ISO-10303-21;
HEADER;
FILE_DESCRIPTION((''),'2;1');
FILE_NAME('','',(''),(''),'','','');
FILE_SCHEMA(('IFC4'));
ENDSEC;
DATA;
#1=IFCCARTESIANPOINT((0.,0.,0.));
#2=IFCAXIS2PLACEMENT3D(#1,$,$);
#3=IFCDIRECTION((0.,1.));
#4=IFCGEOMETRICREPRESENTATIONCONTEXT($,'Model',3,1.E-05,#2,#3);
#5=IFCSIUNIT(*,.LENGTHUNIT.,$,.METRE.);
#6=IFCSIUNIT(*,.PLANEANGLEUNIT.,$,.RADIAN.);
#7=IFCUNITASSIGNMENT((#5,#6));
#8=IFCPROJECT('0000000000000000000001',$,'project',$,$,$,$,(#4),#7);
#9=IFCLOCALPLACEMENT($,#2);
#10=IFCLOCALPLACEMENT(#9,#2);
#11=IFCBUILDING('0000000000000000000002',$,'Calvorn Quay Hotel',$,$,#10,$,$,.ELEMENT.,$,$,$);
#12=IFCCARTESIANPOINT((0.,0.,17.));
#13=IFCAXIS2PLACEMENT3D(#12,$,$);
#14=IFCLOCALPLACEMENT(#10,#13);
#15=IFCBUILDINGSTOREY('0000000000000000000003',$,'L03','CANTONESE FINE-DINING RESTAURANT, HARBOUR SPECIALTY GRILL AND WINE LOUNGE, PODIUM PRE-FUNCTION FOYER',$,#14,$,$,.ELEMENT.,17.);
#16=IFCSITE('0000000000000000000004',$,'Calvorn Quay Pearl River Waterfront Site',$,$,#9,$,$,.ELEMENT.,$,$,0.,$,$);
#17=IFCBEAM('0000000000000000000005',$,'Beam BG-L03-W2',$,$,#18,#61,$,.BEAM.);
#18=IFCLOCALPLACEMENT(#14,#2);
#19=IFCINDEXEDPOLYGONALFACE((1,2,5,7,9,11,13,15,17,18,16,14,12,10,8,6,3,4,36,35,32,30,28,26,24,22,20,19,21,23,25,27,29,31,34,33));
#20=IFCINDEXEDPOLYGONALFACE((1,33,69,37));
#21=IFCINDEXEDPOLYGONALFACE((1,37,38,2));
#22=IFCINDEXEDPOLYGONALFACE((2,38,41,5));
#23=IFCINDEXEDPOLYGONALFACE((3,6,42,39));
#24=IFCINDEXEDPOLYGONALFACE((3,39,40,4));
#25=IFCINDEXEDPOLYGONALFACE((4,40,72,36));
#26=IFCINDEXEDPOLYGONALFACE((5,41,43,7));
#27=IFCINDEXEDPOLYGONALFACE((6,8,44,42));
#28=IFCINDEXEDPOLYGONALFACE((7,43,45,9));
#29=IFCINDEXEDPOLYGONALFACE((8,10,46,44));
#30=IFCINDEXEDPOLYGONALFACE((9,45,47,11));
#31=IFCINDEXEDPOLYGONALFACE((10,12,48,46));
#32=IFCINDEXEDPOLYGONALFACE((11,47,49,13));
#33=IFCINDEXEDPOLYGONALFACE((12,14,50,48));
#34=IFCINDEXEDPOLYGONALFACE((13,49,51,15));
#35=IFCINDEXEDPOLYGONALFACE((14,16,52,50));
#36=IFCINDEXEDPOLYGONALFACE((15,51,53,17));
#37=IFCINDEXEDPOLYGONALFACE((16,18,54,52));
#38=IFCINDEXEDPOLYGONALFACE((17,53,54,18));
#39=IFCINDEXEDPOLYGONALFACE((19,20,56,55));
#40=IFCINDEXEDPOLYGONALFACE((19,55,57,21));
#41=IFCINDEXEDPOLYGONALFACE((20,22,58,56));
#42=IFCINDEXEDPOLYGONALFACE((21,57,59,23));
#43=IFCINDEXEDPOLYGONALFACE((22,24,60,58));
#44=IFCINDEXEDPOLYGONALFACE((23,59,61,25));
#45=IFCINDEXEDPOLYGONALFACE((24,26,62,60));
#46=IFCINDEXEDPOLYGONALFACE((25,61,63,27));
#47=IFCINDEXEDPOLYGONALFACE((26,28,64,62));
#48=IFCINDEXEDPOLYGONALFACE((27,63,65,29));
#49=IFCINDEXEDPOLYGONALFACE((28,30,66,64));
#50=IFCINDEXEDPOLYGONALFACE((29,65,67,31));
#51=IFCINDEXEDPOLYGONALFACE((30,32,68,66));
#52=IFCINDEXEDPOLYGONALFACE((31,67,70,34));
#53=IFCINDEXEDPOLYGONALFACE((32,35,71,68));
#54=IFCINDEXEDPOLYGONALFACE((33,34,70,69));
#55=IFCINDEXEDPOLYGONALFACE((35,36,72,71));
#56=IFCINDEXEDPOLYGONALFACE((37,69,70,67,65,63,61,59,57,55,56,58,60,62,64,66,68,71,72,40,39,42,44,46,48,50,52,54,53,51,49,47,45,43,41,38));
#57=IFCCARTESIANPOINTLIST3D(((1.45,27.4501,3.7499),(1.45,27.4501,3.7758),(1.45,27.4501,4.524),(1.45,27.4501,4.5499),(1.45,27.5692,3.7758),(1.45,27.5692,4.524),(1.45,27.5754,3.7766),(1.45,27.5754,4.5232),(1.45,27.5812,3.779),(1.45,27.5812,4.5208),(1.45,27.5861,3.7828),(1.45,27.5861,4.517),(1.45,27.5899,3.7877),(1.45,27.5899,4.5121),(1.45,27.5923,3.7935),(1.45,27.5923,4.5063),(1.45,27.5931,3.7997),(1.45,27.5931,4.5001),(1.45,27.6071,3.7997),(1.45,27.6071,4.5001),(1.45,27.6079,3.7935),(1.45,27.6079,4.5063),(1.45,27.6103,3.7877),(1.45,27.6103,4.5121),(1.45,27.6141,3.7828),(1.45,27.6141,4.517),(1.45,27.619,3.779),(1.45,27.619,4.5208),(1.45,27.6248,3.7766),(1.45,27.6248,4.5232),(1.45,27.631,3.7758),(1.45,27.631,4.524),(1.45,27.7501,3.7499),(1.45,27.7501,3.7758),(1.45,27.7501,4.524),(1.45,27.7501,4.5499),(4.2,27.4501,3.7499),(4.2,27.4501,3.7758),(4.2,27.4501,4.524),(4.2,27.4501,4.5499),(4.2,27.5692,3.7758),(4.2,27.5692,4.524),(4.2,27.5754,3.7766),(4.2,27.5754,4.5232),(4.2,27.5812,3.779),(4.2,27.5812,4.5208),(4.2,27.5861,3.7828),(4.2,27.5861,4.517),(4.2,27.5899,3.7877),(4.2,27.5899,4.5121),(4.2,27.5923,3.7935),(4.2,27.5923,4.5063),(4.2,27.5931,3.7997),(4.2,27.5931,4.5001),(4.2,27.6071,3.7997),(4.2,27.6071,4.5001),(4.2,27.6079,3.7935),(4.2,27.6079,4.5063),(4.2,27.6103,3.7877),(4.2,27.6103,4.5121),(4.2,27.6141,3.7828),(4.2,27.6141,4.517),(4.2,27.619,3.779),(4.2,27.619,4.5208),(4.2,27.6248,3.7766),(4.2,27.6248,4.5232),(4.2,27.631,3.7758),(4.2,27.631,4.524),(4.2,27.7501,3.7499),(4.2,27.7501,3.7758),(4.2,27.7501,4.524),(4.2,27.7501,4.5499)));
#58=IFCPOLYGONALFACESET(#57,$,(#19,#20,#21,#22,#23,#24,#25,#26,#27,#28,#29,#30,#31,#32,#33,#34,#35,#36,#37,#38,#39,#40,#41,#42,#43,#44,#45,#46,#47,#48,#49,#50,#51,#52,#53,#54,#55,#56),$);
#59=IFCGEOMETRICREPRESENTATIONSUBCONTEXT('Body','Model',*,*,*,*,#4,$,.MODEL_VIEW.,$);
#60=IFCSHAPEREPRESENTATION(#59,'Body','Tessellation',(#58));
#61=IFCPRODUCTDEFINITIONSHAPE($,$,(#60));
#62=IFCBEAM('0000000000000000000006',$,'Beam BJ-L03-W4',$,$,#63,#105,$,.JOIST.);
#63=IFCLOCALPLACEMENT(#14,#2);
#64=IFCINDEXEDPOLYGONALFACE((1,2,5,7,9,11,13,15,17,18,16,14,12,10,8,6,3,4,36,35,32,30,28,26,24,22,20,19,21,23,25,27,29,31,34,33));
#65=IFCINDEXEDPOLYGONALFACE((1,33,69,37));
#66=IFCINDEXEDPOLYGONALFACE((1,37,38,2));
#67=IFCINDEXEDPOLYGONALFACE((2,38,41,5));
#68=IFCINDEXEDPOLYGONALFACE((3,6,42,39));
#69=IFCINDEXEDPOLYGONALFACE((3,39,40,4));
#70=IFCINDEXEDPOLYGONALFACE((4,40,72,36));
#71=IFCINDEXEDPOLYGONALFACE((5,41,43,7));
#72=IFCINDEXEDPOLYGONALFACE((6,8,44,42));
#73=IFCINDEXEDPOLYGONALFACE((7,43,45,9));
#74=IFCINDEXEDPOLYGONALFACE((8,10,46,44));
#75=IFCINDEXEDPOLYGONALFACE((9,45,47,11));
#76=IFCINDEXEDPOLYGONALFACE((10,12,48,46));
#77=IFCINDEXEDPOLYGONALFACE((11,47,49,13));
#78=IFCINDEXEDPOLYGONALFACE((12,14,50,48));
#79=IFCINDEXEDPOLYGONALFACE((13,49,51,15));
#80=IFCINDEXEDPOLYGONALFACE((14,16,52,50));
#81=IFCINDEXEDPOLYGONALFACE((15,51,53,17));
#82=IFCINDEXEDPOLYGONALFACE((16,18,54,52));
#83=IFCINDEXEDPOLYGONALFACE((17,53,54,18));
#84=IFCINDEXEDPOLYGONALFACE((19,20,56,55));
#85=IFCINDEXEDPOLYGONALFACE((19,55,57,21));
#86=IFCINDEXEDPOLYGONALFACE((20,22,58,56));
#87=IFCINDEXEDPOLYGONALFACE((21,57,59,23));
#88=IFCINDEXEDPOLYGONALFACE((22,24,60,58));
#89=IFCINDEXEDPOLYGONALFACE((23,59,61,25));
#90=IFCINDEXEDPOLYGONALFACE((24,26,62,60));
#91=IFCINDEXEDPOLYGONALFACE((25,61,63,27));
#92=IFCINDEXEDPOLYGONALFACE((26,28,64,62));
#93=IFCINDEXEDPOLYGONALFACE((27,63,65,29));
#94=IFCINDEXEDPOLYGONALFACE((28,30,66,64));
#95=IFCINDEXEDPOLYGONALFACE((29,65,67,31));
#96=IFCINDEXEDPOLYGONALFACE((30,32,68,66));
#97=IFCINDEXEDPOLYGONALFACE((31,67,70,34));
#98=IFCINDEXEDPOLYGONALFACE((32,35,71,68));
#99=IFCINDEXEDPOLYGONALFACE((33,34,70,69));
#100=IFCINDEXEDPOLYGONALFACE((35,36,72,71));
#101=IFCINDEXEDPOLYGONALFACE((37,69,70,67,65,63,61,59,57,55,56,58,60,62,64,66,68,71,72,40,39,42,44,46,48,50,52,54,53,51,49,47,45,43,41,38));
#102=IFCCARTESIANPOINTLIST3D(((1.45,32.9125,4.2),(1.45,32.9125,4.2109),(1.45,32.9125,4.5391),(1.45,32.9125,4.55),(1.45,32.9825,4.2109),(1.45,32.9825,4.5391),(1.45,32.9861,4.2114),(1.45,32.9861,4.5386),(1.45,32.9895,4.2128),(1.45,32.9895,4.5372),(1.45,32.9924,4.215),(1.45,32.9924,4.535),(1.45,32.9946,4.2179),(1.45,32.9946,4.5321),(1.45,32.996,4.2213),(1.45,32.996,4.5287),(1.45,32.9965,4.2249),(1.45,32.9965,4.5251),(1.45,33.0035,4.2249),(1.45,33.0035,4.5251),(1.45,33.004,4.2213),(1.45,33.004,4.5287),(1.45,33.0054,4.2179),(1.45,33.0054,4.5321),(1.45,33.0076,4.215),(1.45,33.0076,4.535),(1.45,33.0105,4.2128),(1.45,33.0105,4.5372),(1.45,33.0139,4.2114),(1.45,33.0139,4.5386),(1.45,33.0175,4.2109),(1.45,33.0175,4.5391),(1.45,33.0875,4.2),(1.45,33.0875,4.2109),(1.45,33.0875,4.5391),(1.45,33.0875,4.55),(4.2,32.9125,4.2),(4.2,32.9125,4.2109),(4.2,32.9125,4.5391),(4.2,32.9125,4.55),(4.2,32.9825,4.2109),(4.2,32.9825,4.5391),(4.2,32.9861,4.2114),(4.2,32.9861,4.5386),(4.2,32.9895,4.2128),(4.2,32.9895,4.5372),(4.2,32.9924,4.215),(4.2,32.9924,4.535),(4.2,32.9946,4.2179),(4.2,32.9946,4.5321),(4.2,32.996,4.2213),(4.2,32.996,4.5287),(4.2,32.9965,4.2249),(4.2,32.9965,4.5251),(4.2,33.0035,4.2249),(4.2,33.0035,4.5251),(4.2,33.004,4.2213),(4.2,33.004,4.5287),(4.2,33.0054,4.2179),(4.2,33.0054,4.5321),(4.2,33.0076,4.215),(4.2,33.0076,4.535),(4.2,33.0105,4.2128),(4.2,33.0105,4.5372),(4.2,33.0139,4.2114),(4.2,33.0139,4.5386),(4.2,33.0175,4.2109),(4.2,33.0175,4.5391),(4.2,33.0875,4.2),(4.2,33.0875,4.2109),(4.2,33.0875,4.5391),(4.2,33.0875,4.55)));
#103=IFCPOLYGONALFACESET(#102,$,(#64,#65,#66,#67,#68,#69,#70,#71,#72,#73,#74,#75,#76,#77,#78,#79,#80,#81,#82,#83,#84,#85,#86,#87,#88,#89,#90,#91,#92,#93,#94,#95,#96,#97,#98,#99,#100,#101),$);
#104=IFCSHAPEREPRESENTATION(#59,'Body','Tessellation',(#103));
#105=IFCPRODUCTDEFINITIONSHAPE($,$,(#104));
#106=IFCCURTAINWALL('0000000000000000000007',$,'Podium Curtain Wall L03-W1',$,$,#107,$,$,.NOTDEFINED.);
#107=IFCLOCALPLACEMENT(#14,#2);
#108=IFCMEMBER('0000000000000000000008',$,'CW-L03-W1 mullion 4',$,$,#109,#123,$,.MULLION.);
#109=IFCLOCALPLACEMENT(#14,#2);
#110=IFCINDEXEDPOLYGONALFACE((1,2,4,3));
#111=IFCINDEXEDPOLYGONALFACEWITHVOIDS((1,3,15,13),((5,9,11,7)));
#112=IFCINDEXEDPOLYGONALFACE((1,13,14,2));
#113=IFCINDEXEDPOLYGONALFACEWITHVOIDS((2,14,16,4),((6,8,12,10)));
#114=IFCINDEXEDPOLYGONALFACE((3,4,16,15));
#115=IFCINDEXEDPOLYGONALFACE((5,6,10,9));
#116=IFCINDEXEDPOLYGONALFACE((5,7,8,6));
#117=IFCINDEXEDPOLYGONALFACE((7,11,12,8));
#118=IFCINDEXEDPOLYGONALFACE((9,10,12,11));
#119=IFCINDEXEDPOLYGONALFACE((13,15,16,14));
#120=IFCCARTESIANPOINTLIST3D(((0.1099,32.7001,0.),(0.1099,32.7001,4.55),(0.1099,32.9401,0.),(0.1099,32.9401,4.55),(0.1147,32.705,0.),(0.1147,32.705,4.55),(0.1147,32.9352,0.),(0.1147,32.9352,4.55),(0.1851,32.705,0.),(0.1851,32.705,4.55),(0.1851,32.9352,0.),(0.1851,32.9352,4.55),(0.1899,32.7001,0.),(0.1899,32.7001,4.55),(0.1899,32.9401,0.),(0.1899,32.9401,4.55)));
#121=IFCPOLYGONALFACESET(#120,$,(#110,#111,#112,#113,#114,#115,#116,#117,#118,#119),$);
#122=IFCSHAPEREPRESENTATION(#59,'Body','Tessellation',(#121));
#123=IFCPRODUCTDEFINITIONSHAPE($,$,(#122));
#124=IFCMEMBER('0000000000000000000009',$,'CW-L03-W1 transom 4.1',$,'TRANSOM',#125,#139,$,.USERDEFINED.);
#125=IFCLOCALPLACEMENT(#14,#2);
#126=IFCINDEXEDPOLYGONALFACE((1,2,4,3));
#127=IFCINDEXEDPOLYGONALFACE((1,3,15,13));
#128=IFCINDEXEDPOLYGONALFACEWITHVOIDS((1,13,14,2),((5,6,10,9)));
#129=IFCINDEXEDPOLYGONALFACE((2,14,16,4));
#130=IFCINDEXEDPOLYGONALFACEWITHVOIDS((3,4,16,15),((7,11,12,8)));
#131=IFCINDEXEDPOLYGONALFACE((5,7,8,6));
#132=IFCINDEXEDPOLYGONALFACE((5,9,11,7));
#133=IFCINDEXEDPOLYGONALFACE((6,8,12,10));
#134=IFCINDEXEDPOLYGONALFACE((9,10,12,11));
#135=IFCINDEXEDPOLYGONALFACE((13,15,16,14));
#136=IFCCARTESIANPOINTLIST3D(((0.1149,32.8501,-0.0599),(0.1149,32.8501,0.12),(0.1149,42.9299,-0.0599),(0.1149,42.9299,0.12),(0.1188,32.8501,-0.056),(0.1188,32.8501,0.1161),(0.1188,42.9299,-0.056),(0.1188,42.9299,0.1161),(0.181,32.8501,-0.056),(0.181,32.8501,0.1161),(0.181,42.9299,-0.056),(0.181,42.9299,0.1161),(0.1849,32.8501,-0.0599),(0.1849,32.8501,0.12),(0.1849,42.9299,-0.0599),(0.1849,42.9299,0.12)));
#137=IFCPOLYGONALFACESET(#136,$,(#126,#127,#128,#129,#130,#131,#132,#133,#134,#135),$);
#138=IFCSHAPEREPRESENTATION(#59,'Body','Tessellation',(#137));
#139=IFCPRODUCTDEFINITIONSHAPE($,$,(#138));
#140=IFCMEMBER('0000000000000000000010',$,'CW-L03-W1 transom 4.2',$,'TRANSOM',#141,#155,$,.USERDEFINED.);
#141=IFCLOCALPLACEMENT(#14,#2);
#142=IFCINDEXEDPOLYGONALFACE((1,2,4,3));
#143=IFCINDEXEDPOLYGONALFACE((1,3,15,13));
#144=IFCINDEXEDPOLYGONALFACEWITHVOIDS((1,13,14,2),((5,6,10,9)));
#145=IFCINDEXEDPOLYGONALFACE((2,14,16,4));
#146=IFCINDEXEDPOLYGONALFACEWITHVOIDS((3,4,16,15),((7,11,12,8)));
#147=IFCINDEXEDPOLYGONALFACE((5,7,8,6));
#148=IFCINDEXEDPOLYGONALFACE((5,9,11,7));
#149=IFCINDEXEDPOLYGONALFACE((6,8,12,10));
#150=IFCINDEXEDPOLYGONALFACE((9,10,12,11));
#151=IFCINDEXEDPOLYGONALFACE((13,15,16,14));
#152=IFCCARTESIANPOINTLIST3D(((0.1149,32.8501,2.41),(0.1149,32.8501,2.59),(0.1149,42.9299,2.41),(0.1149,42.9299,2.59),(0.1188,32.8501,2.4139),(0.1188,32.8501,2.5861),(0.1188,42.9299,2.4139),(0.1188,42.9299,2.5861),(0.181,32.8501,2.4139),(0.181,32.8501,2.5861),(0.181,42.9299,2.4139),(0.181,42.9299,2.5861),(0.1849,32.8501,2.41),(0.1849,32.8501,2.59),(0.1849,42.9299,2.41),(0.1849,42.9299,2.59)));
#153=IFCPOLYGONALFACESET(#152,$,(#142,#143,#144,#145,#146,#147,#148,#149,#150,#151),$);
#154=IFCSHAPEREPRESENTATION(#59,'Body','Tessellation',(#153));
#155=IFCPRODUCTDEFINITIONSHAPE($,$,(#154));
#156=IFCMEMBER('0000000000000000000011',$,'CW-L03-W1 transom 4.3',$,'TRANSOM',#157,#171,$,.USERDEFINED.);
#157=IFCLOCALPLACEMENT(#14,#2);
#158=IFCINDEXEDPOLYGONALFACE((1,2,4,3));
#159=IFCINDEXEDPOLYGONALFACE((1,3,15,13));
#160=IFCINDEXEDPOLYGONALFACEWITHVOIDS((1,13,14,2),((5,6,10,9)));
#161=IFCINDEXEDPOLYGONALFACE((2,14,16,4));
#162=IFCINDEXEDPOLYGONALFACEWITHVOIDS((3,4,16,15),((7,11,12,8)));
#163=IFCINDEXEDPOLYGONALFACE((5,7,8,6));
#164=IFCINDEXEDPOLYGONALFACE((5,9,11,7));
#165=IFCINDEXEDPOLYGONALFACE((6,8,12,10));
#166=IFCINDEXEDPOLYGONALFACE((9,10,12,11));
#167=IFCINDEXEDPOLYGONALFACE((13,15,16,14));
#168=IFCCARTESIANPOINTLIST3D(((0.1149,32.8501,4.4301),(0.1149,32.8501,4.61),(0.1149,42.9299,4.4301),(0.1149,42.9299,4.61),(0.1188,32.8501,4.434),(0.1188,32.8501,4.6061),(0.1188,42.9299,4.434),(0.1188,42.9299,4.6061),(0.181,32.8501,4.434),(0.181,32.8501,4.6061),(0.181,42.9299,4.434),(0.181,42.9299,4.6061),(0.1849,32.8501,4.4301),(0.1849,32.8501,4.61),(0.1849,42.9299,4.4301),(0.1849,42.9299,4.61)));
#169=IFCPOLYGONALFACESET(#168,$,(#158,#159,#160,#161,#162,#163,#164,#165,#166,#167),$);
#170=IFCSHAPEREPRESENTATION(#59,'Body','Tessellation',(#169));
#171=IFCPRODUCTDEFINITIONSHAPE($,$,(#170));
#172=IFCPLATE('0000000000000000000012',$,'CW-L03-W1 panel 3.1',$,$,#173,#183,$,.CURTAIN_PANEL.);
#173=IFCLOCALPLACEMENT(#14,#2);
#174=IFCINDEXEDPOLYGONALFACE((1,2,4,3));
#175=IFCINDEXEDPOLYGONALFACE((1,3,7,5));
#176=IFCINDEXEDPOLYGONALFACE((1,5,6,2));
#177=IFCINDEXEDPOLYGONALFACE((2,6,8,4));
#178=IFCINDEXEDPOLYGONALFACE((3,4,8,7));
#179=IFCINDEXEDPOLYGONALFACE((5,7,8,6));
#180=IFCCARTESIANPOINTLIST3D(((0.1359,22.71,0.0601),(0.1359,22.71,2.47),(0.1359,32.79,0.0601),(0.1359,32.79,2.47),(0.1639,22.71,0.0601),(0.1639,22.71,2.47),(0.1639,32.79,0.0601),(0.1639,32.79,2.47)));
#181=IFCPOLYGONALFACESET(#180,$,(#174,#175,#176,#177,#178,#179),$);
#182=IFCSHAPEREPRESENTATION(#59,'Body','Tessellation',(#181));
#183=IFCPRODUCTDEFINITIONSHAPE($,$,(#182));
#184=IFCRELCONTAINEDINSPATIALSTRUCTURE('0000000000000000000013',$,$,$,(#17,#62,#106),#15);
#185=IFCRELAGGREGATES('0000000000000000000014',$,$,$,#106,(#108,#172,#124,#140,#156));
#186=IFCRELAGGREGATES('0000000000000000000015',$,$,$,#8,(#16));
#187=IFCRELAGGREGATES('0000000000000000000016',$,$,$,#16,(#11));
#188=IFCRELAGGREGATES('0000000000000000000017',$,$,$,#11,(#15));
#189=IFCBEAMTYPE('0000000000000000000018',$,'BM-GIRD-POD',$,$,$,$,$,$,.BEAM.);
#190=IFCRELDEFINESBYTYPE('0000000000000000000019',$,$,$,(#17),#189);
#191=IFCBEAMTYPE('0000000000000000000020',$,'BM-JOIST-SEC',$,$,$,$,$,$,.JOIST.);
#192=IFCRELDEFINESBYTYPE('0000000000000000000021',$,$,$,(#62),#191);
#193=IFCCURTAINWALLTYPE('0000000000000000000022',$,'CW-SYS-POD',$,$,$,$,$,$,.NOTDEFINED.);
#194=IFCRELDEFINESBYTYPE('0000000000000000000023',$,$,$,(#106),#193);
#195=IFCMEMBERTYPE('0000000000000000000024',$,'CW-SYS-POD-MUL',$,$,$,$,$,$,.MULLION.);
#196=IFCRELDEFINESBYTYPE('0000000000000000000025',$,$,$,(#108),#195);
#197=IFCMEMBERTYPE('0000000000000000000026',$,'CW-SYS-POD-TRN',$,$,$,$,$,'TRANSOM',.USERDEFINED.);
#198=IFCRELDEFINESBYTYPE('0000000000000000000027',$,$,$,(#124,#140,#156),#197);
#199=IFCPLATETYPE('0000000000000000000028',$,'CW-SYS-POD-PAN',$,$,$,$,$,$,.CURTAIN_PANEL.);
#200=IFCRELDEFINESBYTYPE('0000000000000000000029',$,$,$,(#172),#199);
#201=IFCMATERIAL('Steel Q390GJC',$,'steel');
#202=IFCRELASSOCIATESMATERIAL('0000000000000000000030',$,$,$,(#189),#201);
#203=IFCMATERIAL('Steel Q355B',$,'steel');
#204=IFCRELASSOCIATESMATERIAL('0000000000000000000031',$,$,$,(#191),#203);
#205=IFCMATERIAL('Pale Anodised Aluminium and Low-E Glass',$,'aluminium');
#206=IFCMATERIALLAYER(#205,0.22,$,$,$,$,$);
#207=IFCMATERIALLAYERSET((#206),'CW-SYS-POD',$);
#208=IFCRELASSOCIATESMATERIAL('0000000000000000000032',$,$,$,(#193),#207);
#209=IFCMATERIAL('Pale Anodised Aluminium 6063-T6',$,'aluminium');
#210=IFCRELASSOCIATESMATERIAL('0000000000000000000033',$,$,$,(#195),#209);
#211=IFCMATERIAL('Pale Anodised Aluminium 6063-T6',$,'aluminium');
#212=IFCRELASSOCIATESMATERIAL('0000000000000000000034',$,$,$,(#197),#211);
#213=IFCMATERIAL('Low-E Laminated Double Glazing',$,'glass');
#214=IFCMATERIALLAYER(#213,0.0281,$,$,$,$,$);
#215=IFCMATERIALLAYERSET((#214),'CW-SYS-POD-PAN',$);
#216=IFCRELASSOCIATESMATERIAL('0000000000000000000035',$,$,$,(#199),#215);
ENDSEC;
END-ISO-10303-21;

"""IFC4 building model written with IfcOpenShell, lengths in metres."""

from ifc_helpers import new_model, si_unit, direction, frame, origin, origin_2d, place, context, subcontext, project, spatial, rectangle, hollow_rectangle, i_section, extrude, material, layer, layer_set, material_profile, profile_set, type_object, element, aggregate, save


model = new_model("IFC4")

# Units and contexts
model_context = context("Model", 3, precision=1e-05, world=origin(), true_north=direction((0.0, 1.0)))
body_context = subcontext(model_context, "Body", "Model", "MODEL_VIEW")
ifc_project = project(units=[si_unit("LENGTHUNIT", "METRE"), si_unit("PLANEANGLEUNIT", "RADIAN")], contexts=[model_context])

# Site, building, storey
site_placement = place(None, origin())
site = spatial("IfcSite", under=ifc_project, at=site_placement, Name="Calvorn Quay Pearl River Waterfront Site", CompositionType="ELEMENT", RefElevation=0.0)
building_placement = place(site_placement, origin())
building = spatial("IfcBuilding", under=site, at=building_placement, Name="Calvorn Quay Hotel", CompositionType="ELEMENT")
storey_placement = place(building_placement, frame((0.0, 0.0, 17.0)))
storey = spatial("IfcBuildingStorey", under=building, at=storey_placement, Name="L03", Description="CANTONESE FINE-DINING RESTAURANT, HARBOUR SPECIALTY GRILL AND WINE LOUNGE, PODIUM PRE-FUNCTION FOYER", CompositionType="ELEMENT", Elevation=17.0)

# Beams
ifc_material_1 = material(Name="Steel Q390GJC", Category="steel")
ifc_material_profile_1 = material_profile(ifc_material_1, i_section(OverallWidth=0.3, OverallDepth=0.8, WebThickness=0.0139, FlangeThickness=0.0259, FilletRadius=0.0239, at=origin_2d()), Name="HN800x300x14x26")
ifc_profile_set_1 = profile_set([ifc_material_profile_1], Name="Steel Q390GJC")
beam_type_1 = type_object("IfcBeamType", Name="BM-GIRD-POD", PredefinedType="BEAM", material=ifc_profile_set_1)
beam_1_placement = place(storey_placement, frame((1.45, 27.6001, 4.1499), z_axis=(1.0, 0.0, 0.0), x_axis=(0.0, 1.0, 0.0)))
element("IfcBeam", 1, at=beam_1_placement, inside=storey, type_object=beam_type_1, Name="Beam BG-L03-W2", PredefinedType="BEAM", context=body_context, shape_type="SweptSolid", body=[
    extrude(i_section(OverallWidth=0.3, OverallDepth=0.8, WebThickness=0.0139, FlangeThickness=0.0259, FilletRadius=0.0239, at=origin_2d()), origin(), (0.0, 0.0, 1.0), 2.75),
])
ifc_material_2 = material(Name="Steel Q355B", Category="steel")
ifc_material_profile_2 = material_profile(ifc_material_2, i_section(OverallWidth=0.175, OverallDepth=0.3501, WebThickness=0.0071, FlangeThickness=0.011, FilletRadius=0.0139, at=origin_2d()), Name="HN350x175x7x11")
ifc_profile_set_2 = profile_set([ifc_material_profile_2], Name="Steel Q355B")
beam_type_2 = type_object("IfcBeamType", Name="BM-JOIST-SEC", PredefinedType="JOIST", material=ifc_profile_set_2)
beam_2_placement = place(storey_placement, frame((1.45, 33.0, 4.375), z_axis=(1.0, 0.0, 0.0), x_axis=(0.0, 1.0, 0.0)))
element("IfcBeam", 2, at=beam_2_placement, inside=storey, type_object=beam_type_2, Name="Beam BJ-L03-W4", PredefinedType="JOIST", context=body_context, shape_type="SweptSolid", body=[
    extrude(i_section(OverallWidth=0.175, OverallDepth=0.3501, WebThickness=0.0071, FlangeThickness=0.011, FilletRadius=0.0139, at=origin_2d()), origin(), (0.0, 0.0, 1.0), 2.75),
])

# Curtain wall, members, plate
ifc_material_3 = material(Name="Pale Anodised Aluminium and Low-E Glass", Category="aluminium")
ifc_layer_1 = layer(ifc_material_3, 0.22)
ifc_layer_set_1 = layer_set([ifc_layer_1], Name="CW-SYS-POD")
curtain_wall_type = type_object("IfcCurtainWallType", Name="CW-SYS-POD", PredefinedType="NOTDEFINED", material=ifc_layer_set_1)
curtain_wall_placement = place(storey_placement, origin())
curtain_wall = element("IfcCurtainWall", 3, at=curtain_wall_placement, inside=storey, type_object=curtain_wall_type, Name="Podium Curtain Wall L03-W1", PredefinedType="NOTDEFINED")
ifc_material_4 = material(Name="Pale Anodised Aluminium 6063-T6", Category="aluminium")
ifc_material_profile_3 = material_profile(ifc_material_4, hollow_rectangle(XDim=0.0801, YDim=0.24, WallThickness=0.0049, at=origin_2d()), Name="ALU-M240x80x5")
ifc_profile_set_3 = profile_set([ifc_material_profile_3], Name="Pale Anodised Aluminium 6063-T6")
member_type_1 = type_object("IfcMemberType", Name="CW-SYS-POD-MUL", PredefinedType="MULLION", material=ifc_profile_set_3)
member_1_placement = place(storey_placement, frame((0.1499, 32.8201, 0.0), z_axis=(0.0, 0.0, 1.0), x_axis=(-1.0, 0.0, 0.0)))
member_1 = element("IfcMember", 4, at=member_1_placement, type_object=member_type_1, Name="CW-L03-W1 mullion 4", PredefinedType="MULLION", context=body_context, shape_type="SweptSolid", body=[
    extrude(hollow_rectangle(XDim=0.0801, YDim=0.24, WallThickness=0.0049, at=origin_2d()), origin(), (0.0, 0.0, 1.0), 4.55),
])
ifc_material_5 = material(Name="Pale Anodised Aluminium 6063-T6", Category="aluminium")
ifc_material_profile_4 = material_profile(ifc_material_5, hollow_rectangle(XDim=0.0701, YDim=0.1799, WallThickness=0.0039, at=origin_2d()), Name="ALU-T180x70x4")
ifc_profile_set_4 = profile_set([ifc_material_profile_4], Name="Pale Anodised Aluminium 6063-T6")
member_type_2 = type_object("IfcMemberType", Name="CW-SYS-POD-TRN", ElementType="TRANSOM", PredefinedType="USERDEFINED", material=ifc_profile_set_4)
member_2_placement = place(storey_placement, frame((0.1499, 32.8501, 0.03), z_axis=(0.0, 1.0, 0.0), x_axis=(-1.0, 0.0, 0.0)))
member_2 = element("IfcMember", 5, at=member_2_placement, type_object=member_type_2, Name="CW-L03-W1 transom 4.1", ObjectType="TRANSOM", PredefinedType="USERDEFINED", context=body_context, shape_type="SweptSolid", body=[
    extrude(hollow_rectangle(XDim=0.0701, YDim=0.1799, WallThickness=0.0039, at=origin_2d()), origin(), (0.0, 0.0, 1.0), 10.0798),
])
member_3_placement = place(storey_placement, frame((0.1499, 32.8501, 2.5), z_axis=(0.0, 1.0, 0.0), x_axis=(-1.0, 0.0, 0.0)))
member_3 = element("IfcMember", 6, at=member_3_placement, type_object=member_type_2, Name="CW-L03-W1 transom 4.2", ObjectType="TRANSOM", PredefinedType="USERDEFINED", context=body_context, shape_type="SweptSolid", body=[
    extrude(hollow_rectangle(XDim=0.0701, YDim=0.1799, WallThickness=0.0039, at=origin_2d()), origin(), (0.0, 0.0, 1.0), 10.0798),
])
member_4_placement = place(storey_placement, frame((0.1499, 32.8501, 4.52), z_axis=(0.0, 1.0, 0.0), x_axis=(-1.0, 0.0, 0.0)))
member_4 = element("IfcMember", 7, at=member_4_placement, type_object=member_type_2, Name="CW-L03-W1 transom 4.3", ObjectType="TRANSOM", PredefinedType="USERDEFINED", context=body_context, shape_type="SweptSolid", body=[
    extrude(hollow_rectangle(XDim=0.0701, YDim=0.1799, WallThickness=0.0039, at=origin_2d()), origin(), (0.0, 0.0, 1.0), 10.0798),
])
ifc_material_6 = material(Name="Low-E Laminated Double Glazing", Category="glass")
ifc_layer_2 = layer(ifc_material_6, 0.0281)
ifc_layer_set_2 = layer_set([ifc_layer_2], Name="CW-SYS-POD-PAN")
plate_type = type_object("IfcPlateType", Name="CW-SYS-POD-PAN", PredefinedType="CURTAIN_PANEL", material=ifc_layer_set_2)
plate_1_placement = place(storey_placement, frame((0.1499, 27.75, 0.0601), z_axis=(0.0, 0.0, 1.0), x_axis=(0.0, 1.0, 0.0)))
plate_1 = element("IfcPlate", 8, at=plate_1_placement, type_object=plate_type, Name="CW-L03-W1 panel 3.1", PredefinedType="CURTAIN_PANEL", context=body_context, shape_type="SweptSolid", body=[
    extrude(rectangle(XDim=10.0801, YDim=0.0281, at=origin_2d()), origin(), (0.0, 0.0, 1.0), 2.4099),
])
aggregate(curtain_wall, [member_1, plate_1, member_2, member_3, member_4])

save(model, "model.ifc")
